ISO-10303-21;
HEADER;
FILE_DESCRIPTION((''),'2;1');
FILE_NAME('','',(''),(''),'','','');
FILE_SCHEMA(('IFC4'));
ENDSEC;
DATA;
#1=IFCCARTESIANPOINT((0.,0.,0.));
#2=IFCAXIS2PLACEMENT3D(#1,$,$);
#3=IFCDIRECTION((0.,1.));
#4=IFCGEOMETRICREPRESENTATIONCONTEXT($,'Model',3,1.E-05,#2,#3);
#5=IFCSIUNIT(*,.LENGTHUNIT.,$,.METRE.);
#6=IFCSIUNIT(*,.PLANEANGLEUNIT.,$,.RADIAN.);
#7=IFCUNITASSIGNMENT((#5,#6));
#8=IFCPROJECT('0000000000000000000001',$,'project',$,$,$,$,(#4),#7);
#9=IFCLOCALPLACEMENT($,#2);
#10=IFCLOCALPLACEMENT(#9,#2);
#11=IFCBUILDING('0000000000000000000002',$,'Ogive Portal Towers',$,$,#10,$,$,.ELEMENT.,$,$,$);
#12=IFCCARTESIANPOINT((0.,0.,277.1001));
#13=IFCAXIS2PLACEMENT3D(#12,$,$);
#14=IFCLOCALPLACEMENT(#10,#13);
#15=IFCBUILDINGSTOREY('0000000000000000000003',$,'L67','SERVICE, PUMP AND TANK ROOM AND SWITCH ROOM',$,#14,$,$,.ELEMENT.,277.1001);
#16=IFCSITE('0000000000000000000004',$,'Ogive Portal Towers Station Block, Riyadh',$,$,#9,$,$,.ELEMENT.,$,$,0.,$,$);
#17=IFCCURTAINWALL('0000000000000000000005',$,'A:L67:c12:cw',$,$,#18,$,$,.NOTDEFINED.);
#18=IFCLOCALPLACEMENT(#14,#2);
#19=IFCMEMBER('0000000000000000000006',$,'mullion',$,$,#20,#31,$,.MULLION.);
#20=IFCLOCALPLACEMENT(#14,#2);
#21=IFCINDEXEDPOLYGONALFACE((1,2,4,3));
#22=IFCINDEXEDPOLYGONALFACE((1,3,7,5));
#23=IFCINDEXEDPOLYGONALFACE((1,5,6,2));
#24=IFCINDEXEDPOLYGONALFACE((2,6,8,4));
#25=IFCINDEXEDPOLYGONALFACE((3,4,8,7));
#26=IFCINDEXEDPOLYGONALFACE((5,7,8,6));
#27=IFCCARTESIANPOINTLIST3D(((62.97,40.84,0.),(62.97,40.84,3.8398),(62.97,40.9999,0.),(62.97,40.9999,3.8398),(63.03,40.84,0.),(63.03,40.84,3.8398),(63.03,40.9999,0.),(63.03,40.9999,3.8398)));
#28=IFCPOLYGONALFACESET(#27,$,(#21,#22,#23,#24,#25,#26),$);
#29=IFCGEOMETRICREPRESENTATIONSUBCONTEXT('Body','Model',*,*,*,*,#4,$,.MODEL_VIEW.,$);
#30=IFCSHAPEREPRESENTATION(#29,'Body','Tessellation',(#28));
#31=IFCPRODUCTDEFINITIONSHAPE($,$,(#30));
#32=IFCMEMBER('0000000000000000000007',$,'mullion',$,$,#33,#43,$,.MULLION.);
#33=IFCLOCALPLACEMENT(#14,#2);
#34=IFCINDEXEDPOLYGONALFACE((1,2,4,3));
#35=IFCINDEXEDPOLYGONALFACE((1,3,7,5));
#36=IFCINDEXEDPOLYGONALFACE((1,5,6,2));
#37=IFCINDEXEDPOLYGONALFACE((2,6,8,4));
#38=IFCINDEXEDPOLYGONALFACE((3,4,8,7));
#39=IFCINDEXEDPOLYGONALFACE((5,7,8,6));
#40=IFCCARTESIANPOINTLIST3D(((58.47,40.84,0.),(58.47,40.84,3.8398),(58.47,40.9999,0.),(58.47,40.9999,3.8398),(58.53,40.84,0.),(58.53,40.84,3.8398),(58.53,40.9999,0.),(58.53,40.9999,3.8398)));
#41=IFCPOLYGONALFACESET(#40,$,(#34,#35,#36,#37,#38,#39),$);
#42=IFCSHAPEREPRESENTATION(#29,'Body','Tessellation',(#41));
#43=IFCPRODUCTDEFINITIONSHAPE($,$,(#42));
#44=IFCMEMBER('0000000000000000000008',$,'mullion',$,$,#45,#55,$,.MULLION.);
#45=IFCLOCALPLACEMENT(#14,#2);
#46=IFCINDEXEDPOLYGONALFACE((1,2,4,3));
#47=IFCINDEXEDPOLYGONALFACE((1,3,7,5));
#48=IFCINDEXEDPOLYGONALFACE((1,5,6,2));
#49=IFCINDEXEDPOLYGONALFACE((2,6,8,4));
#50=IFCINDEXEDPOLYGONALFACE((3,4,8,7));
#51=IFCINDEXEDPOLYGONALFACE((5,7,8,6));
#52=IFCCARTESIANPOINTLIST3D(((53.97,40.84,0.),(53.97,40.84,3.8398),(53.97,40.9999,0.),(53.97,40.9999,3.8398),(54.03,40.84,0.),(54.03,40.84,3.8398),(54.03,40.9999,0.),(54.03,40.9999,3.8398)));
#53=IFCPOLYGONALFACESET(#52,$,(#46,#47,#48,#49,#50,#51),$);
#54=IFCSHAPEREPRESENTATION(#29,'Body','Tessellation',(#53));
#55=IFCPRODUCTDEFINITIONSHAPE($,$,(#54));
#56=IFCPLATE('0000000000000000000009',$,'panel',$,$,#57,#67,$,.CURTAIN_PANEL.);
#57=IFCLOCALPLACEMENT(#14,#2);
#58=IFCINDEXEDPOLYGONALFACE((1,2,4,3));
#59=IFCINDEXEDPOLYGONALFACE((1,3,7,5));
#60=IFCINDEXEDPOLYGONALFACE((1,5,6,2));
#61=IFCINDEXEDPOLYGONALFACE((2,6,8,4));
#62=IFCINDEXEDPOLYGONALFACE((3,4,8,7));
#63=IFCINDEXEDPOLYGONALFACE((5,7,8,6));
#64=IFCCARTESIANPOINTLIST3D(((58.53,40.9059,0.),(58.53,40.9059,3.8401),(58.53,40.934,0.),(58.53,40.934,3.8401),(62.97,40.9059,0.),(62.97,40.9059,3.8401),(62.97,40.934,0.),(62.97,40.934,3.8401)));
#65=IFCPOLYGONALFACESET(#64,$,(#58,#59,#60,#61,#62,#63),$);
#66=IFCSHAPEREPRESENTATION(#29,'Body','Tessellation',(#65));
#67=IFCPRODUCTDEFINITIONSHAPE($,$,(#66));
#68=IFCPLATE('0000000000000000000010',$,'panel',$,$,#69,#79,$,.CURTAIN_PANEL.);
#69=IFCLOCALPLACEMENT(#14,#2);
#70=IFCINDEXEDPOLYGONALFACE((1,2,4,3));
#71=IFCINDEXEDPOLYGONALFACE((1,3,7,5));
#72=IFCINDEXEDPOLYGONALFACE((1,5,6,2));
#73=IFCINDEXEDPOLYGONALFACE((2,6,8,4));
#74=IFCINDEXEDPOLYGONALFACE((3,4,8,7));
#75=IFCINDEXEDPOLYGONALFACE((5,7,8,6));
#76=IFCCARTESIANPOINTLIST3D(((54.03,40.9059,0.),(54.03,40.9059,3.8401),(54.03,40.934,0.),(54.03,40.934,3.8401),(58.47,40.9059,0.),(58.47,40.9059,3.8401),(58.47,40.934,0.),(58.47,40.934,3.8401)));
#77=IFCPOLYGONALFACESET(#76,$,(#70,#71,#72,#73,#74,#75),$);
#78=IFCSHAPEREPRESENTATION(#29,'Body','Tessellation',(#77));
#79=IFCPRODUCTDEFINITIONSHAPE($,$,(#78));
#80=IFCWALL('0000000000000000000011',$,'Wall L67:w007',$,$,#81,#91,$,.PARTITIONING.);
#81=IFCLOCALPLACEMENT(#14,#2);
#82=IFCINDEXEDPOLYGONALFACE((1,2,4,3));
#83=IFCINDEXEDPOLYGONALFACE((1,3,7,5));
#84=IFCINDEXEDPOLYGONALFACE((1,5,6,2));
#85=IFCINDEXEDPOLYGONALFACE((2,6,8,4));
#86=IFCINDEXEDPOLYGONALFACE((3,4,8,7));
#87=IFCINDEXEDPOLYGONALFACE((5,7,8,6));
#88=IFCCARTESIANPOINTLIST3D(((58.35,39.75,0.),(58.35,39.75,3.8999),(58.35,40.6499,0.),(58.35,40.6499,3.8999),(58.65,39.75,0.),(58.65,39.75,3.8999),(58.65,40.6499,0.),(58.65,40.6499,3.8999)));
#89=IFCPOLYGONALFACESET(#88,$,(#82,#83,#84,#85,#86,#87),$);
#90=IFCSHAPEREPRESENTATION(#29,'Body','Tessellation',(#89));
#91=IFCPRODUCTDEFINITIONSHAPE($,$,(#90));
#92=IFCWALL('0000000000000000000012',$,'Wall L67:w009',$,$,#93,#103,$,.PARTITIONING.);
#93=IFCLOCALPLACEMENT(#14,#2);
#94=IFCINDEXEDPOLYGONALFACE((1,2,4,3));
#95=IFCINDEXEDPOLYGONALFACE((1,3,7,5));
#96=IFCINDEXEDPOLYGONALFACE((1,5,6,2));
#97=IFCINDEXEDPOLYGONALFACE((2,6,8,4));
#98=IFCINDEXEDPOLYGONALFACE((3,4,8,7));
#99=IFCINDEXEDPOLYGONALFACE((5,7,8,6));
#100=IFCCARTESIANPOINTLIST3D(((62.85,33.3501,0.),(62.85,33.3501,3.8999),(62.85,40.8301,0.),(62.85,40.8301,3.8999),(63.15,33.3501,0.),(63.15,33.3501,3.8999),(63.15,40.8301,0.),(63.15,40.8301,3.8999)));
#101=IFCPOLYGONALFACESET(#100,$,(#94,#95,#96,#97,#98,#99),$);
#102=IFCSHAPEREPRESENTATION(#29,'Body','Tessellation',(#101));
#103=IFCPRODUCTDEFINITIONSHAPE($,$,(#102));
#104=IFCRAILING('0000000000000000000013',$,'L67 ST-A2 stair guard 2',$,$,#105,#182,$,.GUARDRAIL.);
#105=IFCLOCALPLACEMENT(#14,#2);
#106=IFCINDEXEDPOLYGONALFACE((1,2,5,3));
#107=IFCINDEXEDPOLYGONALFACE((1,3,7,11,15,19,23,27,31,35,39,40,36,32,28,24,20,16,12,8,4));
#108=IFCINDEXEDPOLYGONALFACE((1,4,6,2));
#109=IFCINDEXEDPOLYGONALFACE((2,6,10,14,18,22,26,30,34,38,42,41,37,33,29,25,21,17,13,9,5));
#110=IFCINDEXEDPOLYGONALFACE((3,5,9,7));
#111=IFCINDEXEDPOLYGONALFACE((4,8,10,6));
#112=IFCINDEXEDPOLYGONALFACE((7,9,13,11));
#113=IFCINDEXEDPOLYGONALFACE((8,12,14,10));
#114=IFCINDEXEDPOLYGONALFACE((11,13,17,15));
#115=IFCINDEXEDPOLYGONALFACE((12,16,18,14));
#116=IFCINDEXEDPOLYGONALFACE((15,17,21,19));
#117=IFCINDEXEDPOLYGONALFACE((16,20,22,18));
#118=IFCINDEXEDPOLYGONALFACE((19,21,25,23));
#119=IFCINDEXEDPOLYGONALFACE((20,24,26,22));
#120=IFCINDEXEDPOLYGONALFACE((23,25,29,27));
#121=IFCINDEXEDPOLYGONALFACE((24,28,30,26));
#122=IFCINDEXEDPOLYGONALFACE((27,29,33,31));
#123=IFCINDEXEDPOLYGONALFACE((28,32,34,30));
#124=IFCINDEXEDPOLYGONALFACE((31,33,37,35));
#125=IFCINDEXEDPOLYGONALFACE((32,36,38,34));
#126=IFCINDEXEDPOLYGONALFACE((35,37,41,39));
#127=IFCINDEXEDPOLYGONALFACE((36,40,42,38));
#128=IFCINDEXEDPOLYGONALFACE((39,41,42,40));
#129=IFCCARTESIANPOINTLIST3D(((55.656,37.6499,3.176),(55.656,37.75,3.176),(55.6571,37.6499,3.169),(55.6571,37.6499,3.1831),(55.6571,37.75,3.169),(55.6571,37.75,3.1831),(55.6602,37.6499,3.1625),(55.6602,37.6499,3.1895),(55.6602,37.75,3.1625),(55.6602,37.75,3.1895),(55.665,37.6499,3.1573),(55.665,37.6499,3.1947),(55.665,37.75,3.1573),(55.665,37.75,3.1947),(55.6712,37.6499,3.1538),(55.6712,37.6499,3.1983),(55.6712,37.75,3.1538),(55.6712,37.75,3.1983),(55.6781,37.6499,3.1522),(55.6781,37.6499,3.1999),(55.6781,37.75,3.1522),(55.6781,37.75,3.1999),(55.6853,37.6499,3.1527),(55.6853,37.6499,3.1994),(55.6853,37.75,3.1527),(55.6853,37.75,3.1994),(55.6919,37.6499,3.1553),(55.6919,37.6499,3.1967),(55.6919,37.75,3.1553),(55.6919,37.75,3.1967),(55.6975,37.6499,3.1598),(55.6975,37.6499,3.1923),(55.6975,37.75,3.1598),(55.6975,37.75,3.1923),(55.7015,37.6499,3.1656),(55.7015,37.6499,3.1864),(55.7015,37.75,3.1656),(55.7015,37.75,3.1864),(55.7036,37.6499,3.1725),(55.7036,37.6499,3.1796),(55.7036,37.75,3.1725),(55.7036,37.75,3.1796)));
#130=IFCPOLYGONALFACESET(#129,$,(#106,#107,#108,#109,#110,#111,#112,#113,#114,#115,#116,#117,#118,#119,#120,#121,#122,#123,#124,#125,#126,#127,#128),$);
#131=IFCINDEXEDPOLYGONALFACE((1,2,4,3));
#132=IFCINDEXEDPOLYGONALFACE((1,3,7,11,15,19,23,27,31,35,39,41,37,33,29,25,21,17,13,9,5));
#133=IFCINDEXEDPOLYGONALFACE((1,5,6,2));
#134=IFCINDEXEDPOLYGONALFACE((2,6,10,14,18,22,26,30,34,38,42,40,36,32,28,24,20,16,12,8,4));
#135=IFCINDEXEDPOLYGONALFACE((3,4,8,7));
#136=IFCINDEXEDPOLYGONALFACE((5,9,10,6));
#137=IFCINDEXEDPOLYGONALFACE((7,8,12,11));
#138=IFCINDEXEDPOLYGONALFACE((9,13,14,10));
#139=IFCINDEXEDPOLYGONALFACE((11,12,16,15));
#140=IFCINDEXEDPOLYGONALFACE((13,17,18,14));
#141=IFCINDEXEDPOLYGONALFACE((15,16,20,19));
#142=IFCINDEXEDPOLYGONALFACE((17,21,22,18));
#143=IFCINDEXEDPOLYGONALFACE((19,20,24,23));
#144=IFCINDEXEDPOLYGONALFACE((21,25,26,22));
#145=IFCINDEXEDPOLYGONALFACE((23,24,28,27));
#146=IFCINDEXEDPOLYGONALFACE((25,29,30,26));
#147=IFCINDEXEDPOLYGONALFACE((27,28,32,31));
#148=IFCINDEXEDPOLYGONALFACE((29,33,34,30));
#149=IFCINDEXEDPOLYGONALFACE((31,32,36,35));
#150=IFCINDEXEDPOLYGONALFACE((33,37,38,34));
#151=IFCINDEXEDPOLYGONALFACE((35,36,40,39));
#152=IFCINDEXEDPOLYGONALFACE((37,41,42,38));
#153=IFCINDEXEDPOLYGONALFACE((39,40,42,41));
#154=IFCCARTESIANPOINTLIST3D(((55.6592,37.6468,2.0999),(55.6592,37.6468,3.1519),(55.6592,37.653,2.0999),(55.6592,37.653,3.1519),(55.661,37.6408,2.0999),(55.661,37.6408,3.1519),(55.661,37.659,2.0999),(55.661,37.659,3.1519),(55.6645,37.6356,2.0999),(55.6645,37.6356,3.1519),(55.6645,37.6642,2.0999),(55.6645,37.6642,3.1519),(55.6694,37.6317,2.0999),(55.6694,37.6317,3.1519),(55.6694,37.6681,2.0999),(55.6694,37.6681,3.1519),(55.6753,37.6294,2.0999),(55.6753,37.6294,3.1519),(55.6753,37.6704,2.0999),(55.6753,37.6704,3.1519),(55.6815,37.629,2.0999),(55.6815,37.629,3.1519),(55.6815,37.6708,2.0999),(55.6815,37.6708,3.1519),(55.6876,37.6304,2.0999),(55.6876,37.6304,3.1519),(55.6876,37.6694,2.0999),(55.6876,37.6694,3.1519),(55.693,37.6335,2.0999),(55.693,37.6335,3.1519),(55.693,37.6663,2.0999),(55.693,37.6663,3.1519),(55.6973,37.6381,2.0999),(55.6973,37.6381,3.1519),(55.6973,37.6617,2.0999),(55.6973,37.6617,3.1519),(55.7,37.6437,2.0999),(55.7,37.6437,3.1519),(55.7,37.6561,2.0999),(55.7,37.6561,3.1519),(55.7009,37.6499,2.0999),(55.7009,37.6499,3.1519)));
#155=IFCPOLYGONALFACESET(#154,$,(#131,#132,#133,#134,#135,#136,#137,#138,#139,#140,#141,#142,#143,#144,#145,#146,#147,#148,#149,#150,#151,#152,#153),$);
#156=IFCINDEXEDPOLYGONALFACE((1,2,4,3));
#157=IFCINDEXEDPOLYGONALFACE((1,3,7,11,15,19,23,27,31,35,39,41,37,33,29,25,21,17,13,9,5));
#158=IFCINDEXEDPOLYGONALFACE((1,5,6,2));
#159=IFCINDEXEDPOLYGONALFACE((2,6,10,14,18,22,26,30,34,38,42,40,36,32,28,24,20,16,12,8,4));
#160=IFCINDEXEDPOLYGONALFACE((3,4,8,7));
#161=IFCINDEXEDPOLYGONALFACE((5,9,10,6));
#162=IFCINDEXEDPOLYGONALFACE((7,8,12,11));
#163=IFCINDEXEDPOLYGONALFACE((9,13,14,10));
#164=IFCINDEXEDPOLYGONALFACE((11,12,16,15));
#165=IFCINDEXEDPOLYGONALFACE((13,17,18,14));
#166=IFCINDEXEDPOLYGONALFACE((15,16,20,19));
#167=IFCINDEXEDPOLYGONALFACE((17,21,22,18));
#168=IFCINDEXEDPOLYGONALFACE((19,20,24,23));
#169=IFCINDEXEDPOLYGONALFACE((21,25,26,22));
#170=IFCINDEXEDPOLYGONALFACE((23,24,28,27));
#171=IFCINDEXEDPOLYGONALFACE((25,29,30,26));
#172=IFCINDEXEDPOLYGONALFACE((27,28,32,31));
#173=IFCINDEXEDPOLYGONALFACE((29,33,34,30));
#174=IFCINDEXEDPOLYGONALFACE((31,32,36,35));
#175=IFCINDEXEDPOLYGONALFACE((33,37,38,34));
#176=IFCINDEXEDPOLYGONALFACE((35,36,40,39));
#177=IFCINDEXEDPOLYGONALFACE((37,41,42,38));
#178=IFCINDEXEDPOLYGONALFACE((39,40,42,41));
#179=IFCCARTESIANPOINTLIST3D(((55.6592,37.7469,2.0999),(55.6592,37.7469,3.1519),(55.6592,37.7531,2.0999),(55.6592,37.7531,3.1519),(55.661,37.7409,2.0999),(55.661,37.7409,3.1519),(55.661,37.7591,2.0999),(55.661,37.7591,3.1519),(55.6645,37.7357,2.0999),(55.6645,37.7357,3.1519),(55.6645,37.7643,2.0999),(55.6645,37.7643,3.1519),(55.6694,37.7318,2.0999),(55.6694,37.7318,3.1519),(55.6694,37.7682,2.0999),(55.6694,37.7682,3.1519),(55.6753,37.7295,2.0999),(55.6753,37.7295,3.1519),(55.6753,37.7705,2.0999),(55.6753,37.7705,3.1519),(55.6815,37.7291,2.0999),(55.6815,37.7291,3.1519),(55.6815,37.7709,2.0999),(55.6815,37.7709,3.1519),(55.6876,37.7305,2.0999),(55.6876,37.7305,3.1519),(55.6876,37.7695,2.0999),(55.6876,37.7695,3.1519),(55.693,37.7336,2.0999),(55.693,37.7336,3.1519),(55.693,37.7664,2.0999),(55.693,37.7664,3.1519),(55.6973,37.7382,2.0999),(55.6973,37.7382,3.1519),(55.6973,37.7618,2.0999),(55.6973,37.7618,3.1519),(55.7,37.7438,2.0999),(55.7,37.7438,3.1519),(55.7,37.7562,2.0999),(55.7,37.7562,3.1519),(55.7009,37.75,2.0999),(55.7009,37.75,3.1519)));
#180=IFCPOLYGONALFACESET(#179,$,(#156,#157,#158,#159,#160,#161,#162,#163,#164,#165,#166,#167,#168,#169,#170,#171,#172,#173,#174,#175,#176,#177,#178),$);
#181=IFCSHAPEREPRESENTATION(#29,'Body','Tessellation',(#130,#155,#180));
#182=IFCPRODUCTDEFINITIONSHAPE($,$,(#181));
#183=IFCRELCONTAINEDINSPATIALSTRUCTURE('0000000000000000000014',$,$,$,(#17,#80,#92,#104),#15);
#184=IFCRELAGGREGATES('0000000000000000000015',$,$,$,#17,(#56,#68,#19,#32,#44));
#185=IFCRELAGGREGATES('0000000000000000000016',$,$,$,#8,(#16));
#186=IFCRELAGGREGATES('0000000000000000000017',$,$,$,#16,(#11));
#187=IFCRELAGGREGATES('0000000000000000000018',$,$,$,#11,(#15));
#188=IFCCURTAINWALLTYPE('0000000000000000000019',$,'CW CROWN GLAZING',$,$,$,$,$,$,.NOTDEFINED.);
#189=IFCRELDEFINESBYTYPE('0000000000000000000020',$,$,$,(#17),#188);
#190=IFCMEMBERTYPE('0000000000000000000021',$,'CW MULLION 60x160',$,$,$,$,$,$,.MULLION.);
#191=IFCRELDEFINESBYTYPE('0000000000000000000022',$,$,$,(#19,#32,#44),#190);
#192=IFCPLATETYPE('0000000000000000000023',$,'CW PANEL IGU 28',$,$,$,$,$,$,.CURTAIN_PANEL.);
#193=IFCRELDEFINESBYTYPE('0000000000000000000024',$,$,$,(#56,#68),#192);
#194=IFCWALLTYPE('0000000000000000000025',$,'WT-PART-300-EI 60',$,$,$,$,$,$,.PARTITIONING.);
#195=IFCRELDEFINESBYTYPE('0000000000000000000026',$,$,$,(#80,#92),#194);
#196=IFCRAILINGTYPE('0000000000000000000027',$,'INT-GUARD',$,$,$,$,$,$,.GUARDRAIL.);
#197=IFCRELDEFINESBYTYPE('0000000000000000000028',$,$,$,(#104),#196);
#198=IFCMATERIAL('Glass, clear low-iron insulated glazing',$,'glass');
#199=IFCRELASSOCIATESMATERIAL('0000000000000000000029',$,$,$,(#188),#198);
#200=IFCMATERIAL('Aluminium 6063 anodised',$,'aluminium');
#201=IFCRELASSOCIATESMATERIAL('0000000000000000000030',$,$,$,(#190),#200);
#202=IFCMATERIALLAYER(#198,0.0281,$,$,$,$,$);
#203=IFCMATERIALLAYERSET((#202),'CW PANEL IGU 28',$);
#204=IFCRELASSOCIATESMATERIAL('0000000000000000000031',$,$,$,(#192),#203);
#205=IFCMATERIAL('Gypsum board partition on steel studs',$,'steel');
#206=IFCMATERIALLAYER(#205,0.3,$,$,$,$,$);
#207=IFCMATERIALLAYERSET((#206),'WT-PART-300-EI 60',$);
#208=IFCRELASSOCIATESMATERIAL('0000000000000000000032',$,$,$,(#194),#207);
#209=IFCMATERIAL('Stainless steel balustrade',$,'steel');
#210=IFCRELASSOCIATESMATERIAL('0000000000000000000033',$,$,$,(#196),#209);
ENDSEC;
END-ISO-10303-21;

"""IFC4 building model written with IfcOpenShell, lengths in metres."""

from ifc_helpers import new_model, si_unit, direction, frame, frame_2d, origin, origin_2d, place, context, subcontext, project, spatial, rectangle, circle, extrude, material, layer, layer_set, material_profile, profile_set, type_object, element, aggregate, save


model = new_model("IFC4")

# Units and contexts
model_context = context("Model", 3, precision=1e-05, world=origin(), true_north=direction((0.0, 1.0)))
body_context = subcontext(model_context, "Body", "Model", "MODEL_VIEW")
ifc_project = project(units=[si_unit("LENGTHUNIT", "METRE"), si_unit("PLANEANGLEUNIT", "RADIAN")], contexts=[model_context])

# Site, building, storey
site_placement = place(None, origin())
site = spatial("IfcSite", under=ifc_project, at=site_placement, Name="Ogive Portal Towers Station Block, Riyadh", CompositionType="ELEMENT", RefElevation=0.0)
building_placement = place(site_placement, origin())
building = spatial("IfcBuilding", under=site, at=building_placement, Name="Ogive Portal Towers", CompositionType="ELEMENT")
storey_placement = place(building_placement, frame((0.0, 0.0, 277.1001)))
storey = spatial("IfcBuildingStorey", under=building, at=storey_placement, Name="L67", Description="SERVICE, PUMP AND TANK ROOM AND SWITCH ROOM", CompositionType="ELEMENT", Elevation=277.1001)

# Curtain wall, members, plates
ifc_material_1 = material(Name="Glass, clear low-iron insulated glazing", Category="glass")
curtain_wall_type = type_object("IfcCurtainWallType", Name="CW CROWN GLAZING", PredefinedType="NOTDEFINED", material=ifc_material_1)
curtain_wall_placement = place(storey_placement, origin())
curtain_wall = element("IfcCurtainWall", 1, at=curtain_wall_placement, inside=storey, type_object=curtain_wall_type, Name="A:L67:c12:cw", PredefinedType="NOTDEFINED")
ifc_material_2 = material(Name="Aluminium 6063 anodised", Category="aluminium")
ifc_material_profile = material_profile(ifc_material_2, rectangle(XDim=0.1599, YDim=0.0601, at=origin_2d()), Name="AL 60x160")
ifc_profile_set = profile_set([ifc_material_profile], Name="Aluminium 6063 anodised")
member_type = type_object("IfcMemberType", Name="CW MULLION 60x160", PredefinedType="MULLION", material=ifc_profile_set)
member_1_placement = place(storey_placement, frame((63.0, 40.9199, 0.0), z_axis=(0.0, 0.0, 1.0), x_axis=(0.0, -1.0, 0.0)))
member_1 = element("IfcMember", 2, at=member_1_placement, type_object=member_type, Name="mullion", PredefinedType="MULLION", context=body_context, shape_type="SweptSolid", body=[
    extrude(rectangle(XDim=0.1599, YDim=0.0601, at=origin_2d()), origin(), (0.0, 0.0, 1.0), 3.8398),
])
member_2_placement = place(storey_placement, frame((58.5, 40.9199, 0.0), z_axis=(0.0, 0.0, 1.0), x_axis=(0.0, -1.0, 0.0)))
member_2 = element("IfcMember", 3, at=member_2_placement, type_object=member_type, Name="mullion", PredefinedType="MULLION", context=body_context, shape_type="SweptSolid", body=[
    extrude(rectangle(XDim=0.1599, YDim=0.0601, at=origin_2d()), origin(), (0.0, 0.0, 1.0), 3.8398),
])
member_3_placement = place(storey_placement, frame((54.0, 40.9199, 0.0), z_axis=(0.0, 0.0, 1.0), x_axis=(0.0, -1.0, 0.0)))
member_3 = element("IfcMember", 4, at=member_3_placement, type_object=member_type, Name="mullion", PredefinedType="MULLION", context=body_context, shape_type="SweptSolid", body=[
    extrude(rectangle(XDim=0.1599, YDim=0.0601, at=origin_2d()), origin(), (0.0, 0.0, 1.0), 3.8398),
])
ifc_layer_1 = layer(ifc_material_1, 0.0281)
ifc_layer_set_1 = layer_set([ifc_layer_1], Name="CW PANEL IGU 28")
plate_type = type_object("IfcPlateType", Name="CW PANEL IGU 28", PredefinedType="CURTAIN_PANEL", material=ifc_layer_set_1)
plate_1_placement = place(storey_placement, frame((60.75, 40.9199, 0.0), z_axis=(0.0, 0.0, 1.0), x_axis=(-1.0, 0.0, 0.0)))
plate_1 = element("IfcPlate", 5, at=plate_1_placement, type_object=plate_type, Name="panel", PredefinedType="CURTAIN_PANEL", context=body_context, shape_type="SweptSolid", body=[
    extrude(rectangle(XDim=4.4399, YDim=0.0281, at=origin_2d()), origin(), (0.0, 0.0, 1.0), 3.8401),
])
plate_2_placement = place(storey_placement, frame((56.25, 40.9199, 0.0), z_axis=(0.0, 0.0, 1.0), x_axis=(-1.0, 0.0, 0.0)))
plate_2 = element("IfcPlate", 6, at=plate_2_placement, type_object=plate_type, Name="panel", PredefinedType="CURTAIN_PANEL", context=body_context, shape_type="SweptSolid", body=[
    extrude(rectangle(XDim=4.4399, YDim=0.0281, at=origin_2d()), origin(), (0.0, 0.0, 1.0), 3.8401),
])
aggregate(curtain_wall, [plate_1, plate_2, member_1, member_2, member_3])

# Walls
ifc_material_3 = material(Name="Gypsum board partition on steel studs", Category="steel")
ifc_layer_2 = layer(ifc_material_3, 0.3)
ifc_layer_set_2 = layer_set([ifc_layer_2], Name="WT-PART-300-EI 60")
wall_type_1 = type_object("IfcWallType", Name="WT-PART-300-EI 60", PredefinedType="PARTITIONING", material=ifc_layer_set_2)
wall_1_placement = place(storey_placement, frame((58.5, 39.75, 0.0), z_axis=(0.0, 0.0, 1.0), x_axis=(0.0, 1.0, 0.0)))
element("IfcWall", 7, at=wall_1_placement, inside=storey, type_object=wall_type_1, Name="Wall L67:w007", PredefinedType="PARTITIONING", context=body_context, shape_type="SweptSolid", body=[
    extrude(rectangle(XDim=0.8999, YDim=0.3, at=frame_2d((0.45, 0.0))), origin(), (0.0, 0.0, 1.0), 3.8999),
])
wall_2_placement = place(storey_placement, frame((63.0, 33.3501, 0.0), z_axis=(0.0, 0.0, 1.0), x_axis=(0.0, 1.0, 0.0)))
element("IfcWall", 8, at=wall_2_placement, inside=storey, type_object=wall_type_1, Name="Wall L67:w009", PredefinedType="PARTITIONING", context=body_context, shape_type="SweptSolid", body=[
    extrude(rectangle(XDim=7.48, YDim=0.3, at=frame_2d((3.74, 0.0))), origin(), (0.0, 0.0, 1.0), 3.8999),
])

# Railing
ifc_material_4 = material(Name="Stainless steel balustrade", Category="steel")
railing_type_1 = type_object("IfcRailingType", Name="INT-GUARD", PredefinedType="GUARDRAIL", material=ifc_material_4)
railing_1_placement = place(storey_placement, frame((55.6799, 37.6499, 2.0999)))
element("IfcRailing", 9, at=railing_1_placement, inside=storey, type_object=railing_type_1, Name="L67 ST-A2 stair guard 2", PredefinedType="GUARDRAIL", context=body_context, shape_type="SweptSolid", body=[
    extrude(circle(Radius=0.0239, at=origin_2d()), frame((0.0, 0.0, 1.0762), z_axis=(0.0, 1.0, 0.0), x_axis=(-1.0, 0.0, 0.0)), (0.0, 0.0, 1.0), 0.1001),
    extrude(circle(Radius=0.021, at=origin_2d()), origin(), (0.0, 0.0, 1.0), 1.052),
    extrude(circle(Radius=0.021, at=origin_2d()), frame((0.0, 0.1001, 0.0)), (0.0, 0.0, 1.0), 1.052),
])

save(model, "model.ifc")
